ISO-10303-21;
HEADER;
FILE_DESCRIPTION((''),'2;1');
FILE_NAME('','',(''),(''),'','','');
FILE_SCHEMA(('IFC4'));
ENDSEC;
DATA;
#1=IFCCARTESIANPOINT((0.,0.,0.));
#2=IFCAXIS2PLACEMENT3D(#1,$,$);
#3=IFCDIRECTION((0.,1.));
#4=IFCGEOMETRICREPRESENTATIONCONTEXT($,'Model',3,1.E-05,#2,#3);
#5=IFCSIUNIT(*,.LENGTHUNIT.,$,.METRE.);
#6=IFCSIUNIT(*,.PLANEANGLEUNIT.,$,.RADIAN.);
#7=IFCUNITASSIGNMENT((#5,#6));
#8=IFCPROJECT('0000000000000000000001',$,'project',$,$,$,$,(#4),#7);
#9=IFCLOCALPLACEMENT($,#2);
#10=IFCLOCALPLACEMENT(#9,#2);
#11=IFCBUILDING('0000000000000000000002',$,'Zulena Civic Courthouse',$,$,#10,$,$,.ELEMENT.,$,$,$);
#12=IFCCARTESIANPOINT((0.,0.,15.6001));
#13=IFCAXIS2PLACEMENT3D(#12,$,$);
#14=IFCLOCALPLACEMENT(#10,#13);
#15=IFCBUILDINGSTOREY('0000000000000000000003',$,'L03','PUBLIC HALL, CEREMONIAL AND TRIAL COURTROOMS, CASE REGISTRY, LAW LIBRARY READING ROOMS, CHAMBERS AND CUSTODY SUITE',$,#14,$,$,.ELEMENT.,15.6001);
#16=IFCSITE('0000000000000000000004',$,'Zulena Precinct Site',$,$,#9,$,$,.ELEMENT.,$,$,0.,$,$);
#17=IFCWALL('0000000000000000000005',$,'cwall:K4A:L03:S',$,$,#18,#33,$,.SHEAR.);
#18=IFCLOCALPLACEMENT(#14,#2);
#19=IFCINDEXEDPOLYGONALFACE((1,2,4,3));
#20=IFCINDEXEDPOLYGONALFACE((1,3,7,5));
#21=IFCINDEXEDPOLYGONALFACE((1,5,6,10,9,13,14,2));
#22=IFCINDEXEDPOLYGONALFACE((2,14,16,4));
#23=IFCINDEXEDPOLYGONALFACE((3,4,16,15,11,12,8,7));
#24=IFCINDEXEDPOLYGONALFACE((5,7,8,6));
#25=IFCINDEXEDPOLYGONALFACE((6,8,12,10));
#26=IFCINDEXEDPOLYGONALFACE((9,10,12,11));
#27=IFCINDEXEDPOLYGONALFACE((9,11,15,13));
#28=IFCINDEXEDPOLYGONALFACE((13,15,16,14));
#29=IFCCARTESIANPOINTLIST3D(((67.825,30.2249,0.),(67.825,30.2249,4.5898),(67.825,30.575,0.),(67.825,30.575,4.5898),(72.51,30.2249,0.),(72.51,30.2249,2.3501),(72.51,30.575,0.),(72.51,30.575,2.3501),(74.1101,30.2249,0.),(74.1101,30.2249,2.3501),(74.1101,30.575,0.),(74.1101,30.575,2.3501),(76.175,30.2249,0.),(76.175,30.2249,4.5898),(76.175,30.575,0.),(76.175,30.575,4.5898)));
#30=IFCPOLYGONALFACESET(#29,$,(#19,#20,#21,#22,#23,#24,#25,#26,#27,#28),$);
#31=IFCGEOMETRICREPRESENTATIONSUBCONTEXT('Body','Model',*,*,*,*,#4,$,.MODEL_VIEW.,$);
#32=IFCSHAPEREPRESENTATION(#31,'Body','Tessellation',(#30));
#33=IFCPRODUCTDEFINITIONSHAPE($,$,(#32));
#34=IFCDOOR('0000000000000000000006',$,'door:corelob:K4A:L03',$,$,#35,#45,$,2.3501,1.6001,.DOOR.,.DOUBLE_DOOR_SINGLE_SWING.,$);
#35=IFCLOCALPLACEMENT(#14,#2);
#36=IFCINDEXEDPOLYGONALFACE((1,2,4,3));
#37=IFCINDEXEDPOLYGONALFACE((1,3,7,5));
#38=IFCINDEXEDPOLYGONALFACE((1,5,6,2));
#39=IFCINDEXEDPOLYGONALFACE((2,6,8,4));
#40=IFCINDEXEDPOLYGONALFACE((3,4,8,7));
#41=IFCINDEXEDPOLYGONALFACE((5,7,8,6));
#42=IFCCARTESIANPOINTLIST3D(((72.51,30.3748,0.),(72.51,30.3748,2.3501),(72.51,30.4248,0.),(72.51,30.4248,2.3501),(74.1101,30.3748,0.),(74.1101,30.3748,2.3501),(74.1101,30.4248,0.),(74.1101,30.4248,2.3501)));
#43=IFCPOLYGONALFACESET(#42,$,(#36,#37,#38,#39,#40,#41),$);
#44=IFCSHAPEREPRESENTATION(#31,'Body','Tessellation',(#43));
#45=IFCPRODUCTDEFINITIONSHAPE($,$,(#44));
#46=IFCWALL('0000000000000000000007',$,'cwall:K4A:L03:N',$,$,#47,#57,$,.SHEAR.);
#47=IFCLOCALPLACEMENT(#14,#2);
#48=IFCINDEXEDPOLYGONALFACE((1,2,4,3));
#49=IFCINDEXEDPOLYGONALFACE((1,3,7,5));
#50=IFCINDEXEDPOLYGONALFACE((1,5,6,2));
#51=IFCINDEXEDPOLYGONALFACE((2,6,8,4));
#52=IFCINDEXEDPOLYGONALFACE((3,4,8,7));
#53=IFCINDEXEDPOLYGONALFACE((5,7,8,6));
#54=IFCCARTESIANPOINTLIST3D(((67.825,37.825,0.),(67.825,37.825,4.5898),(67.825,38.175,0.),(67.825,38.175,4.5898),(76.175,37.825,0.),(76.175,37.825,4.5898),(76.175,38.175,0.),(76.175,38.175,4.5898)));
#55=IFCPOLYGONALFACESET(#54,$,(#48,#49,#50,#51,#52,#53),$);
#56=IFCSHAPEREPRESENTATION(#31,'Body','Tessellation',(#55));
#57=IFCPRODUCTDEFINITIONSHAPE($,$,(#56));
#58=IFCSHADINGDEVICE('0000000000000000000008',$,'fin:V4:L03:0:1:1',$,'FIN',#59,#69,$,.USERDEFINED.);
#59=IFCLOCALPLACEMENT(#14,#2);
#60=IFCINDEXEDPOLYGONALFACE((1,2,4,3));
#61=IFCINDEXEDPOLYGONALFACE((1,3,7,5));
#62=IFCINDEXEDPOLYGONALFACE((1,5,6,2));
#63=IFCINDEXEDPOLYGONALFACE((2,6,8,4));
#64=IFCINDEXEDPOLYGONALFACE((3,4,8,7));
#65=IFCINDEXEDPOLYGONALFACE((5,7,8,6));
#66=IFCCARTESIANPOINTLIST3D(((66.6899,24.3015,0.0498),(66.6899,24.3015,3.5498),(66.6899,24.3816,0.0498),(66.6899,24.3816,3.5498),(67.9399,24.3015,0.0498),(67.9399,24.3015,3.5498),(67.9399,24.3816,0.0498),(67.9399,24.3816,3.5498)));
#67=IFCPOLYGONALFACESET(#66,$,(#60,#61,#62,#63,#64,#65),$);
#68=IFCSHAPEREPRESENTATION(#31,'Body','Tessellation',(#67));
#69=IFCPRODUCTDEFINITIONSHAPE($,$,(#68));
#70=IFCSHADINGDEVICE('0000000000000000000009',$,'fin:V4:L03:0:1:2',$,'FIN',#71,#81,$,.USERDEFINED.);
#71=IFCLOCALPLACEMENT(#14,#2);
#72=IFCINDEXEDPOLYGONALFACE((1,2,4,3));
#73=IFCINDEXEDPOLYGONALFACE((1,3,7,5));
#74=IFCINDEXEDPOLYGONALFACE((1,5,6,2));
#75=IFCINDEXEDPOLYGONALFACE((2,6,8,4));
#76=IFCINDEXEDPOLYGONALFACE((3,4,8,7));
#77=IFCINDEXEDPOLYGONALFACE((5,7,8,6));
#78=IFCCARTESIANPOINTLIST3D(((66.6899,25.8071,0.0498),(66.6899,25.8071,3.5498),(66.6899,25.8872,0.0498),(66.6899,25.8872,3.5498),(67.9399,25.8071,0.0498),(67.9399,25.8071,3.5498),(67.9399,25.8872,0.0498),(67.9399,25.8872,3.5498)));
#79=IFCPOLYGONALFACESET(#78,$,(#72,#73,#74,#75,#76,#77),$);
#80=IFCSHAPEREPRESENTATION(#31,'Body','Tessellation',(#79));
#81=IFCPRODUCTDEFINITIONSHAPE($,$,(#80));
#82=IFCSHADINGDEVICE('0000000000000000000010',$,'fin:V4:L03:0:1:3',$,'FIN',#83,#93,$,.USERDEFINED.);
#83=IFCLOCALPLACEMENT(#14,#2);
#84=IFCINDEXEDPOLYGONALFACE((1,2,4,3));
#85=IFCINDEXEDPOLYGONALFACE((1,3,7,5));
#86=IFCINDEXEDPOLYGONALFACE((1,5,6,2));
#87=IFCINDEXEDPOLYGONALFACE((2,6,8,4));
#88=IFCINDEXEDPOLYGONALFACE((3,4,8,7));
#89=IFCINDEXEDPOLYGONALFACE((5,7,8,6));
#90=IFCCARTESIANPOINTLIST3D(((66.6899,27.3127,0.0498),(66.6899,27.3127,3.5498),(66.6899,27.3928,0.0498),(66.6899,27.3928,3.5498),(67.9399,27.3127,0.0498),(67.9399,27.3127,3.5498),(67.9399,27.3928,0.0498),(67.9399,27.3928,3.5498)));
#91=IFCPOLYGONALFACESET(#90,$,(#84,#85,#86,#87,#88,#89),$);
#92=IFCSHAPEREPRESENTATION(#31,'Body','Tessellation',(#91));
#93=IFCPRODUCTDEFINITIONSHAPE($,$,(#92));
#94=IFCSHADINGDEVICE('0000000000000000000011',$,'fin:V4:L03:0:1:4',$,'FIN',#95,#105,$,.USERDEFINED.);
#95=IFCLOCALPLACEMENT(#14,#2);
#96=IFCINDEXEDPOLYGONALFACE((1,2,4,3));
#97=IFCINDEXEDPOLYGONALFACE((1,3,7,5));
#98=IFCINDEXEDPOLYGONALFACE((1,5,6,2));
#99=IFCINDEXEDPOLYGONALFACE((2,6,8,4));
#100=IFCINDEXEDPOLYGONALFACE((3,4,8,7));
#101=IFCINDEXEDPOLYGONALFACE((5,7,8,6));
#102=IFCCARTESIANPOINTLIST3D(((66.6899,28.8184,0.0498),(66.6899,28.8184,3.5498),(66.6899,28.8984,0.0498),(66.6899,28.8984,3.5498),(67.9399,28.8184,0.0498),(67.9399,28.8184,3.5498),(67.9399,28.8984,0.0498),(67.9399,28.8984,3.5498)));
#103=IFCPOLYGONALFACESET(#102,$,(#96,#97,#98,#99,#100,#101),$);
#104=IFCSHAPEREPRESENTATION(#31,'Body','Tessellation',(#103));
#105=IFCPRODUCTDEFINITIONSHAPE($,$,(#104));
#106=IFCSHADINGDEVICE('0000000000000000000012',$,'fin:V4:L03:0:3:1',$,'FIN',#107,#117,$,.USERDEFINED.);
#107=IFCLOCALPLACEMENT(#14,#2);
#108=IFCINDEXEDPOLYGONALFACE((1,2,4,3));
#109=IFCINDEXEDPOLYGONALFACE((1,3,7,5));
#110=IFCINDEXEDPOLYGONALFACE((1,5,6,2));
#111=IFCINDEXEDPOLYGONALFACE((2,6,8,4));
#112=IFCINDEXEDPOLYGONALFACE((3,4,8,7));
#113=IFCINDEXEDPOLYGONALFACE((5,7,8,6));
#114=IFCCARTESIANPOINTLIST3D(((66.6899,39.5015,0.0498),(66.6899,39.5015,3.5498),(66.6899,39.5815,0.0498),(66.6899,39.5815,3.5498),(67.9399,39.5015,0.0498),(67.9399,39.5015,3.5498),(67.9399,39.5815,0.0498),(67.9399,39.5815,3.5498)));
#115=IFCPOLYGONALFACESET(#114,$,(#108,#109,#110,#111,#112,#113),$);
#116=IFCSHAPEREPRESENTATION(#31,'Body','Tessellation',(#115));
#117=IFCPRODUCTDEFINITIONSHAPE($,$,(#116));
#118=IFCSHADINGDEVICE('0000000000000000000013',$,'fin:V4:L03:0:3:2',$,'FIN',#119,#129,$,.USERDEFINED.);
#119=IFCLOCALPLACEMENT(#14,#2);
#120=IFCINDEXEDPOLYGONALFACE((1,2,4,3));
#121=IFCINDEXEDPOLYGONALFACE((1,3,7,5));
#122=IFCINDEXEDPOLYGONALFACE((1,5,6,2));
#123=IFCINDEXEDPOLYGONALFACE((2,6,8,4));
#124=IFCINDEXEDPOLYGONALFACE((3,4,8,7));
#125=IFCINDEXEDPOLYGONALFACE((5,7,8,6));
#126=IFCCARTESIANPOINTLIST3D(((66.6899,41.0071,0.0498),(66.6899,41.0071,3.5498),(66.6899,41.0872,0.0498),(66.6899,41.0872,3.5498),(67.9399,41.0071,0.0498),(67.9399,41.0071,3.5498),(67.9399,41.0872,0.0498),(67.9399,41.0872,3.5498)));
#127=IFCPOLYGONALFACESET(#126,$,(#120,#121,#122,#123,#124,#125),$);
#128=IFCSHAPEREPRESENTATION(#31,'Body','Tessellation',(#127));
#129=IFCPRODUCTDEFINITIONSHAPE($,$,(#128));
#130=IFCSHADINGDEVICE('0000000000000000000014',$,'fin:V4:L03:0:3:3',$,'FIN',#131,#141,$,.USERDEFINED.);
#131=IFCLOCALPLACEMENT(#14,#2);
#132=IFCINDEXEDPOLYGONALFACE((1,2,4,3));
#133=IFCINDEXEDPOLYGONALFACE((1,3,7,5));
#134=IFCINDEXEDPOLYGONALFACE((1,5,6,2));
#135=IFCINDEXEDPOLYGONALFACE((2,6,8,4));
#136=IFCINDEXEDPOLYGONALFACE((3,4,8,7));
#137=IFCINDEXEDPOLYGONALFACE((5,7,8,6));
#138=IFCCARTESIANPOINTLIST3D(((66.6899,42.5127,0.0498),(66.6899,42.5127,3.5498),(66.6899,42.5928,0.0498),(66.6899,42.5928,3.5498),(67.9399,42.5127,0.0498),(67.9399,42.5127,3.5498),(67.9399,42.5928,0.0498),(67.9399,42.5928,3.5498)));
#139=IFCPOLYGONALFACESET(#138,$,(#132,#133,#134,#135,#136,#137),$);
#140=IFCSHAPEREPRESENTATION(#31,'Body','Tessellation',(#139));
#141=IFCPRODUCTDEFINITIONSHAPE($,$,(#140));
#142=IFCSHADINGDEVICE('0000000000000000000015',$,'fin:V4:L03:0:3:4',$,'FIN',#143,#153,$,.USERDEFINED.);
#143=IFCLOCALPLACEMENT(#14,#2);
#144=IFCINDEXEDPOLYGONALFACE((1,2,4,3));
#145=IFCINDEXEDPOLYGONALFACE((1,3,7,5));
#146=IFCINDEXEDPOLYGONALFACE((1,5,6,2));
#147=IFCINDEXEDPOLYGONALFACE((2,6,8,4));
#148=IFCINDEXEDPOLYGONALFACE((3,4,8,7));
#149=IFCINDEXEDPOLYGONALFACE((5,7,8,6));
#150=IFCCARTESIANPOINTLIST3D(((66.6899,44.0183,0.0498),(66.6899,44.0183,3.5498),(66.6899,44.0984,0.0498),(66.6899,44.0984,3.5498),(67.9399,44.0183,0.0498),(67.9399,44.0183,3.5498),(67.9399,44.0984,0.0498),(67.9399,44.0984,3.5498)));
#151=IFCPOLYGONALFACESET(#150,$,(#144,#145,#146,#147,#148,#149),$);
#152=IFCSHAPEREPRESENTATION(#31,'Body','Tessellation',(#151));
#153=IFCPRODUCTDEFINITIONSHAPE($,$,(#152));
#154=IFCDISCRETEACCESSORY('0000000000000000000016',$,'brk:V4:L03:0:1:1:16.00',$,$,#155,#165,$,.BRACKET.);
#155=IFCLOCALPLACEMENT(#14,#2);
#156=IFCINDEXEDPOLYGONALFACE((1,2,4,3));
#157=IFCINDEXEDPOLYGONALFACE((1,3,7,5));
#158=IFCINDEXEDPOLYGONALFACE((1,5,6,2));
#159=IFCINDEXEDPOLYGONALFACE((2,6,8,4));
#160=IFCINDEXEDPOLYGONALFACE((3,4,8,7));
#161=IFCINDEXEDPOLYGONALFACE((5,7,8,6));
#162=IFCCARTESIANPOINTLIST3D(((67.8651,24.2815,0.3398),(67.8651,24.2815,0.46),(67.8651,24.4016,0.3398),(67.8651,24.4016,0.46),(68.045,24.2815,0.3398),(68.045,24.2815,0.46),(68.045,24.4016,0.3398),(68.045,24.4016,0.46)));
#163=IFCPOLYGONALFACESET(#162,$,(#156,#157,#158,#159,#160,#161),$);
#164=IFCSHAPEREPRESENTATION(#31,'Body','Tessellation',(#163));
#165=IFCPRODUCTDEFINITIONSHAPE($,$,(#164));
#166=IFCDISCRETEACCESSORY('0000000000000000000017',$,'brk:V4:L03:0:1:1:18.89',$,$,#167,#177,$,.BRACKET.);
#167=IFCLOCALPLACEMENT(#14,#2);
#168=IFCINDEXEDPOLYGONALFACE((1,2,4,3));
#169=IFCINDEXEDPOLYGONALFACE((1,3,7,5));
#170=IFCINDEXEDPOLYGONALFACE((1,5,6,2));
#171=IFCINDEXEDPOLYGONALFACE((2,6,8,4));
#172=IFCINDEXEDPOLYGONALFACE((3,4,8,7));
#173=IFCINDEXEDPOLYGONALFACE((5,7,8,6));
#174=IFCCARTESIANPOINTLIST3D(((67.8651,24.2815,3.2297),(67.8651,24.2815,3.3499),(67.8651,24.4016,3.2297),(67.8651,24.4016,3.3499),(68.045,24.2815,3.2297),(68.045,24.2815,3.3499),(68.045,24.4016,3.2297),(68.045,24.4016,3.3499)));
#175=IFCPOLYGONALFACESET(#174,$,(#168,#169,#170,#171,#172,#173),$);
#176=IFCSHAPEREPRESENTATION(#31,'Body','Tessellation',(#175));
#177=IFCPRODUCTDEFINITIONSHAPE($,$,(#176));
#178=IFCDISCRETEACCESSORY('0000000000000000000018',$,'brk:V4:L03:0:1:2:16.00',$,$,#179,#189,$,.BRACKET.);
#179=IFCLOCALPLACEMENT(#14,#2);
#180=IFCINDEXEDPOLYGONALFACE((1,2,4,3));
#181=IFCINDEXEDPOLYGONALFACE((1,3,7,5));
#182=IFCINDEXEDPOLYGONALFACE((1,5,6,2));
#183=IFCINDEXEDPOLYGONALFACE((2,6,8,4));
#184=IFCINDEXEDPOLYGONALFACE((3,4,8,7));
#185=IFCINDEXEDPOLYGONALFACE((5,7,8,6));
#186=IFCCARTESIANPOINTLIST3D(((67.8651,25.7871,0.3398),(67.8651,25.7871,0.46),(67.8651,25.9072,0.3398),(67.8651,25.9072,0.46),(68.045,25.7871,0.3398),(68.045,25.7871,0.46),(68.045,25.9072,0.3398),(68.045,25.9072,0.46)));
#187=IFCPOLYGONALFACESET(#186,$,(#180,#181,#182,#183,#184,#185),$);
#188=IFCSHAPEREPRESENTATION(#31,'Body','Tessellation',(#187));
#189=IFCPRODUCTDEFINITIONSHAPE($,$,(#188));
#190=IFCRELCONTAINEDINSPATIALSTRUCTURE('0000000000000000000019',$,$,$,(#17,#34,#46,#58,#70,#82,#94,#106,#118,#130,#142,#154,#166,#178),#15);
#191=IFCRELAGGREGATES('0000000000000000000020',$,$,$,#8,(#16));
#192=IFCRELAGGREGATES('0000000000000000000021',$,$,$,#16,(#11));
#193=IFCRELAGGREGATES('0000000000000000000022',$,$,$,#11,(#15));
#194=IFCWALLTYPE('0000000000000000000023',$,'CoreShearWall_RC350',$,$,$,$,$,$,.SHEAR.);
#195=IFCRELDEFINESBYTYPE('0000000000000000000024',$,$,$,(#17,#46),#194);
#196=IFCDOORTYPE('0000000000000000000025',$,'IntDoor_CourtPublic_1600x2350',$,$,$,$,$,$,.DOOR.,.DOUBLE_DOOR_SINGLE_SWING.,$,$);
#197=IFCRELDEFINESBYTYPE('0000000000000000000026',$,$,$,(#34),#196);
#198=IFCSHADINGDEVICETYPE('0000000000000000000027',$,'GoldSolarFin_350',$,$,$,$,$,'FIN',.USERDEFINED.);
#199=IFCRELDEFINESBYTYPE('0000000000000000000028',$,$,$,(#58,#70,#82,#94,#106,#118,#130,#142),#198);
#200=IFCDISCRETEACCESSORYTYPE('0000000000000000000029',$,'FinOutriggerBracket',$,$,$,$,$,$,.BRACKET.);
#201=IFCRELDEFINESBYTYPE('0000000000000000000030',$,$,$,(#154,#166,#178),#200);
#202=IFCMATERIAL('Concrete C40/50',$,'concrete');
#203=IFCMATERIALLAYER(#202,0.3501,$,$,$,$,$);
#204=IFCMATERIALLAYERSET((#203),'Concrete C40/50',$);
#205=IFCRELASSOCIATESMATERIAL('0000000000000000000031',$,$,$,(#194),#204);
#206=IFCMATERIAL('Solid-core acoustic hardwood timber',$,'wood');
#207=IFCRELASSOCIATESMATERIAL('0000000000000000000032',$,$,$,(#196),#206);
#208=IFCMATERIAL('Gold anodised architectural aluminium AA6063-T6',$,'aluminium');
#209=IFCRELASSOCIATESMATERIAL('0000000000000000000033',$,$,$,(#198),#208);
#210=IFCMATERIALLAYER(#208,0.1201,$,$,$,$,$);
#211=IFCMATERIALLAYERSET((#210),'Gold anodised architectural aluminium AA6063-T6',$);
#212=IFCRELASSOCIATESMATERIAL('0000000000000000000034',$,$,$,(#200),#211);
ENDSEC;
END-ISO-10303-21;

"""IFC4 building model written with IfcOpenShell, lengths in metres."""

from ifc_helpers import new_model, si_unit, direction, frame, frame_2d, origin, origin_2d, place, context, subcontext, project, spatial, rectangle, extrude, material, layer, layer_set, type_object, element, fill, save


model = new_model("IFC4")

# Units and contexts
model_context = context("Model", 3, precision=1e-05, world=origin(), true_north=direction((0.0, 1.0)))
body_context = subcontext(model_context, "Body", "Model", "MODEL_VIEW")
ifc_project = project(units=[si_unit("LENGTHUNIT", "METRE"), si_unit("PLANEANGLEUNIT", "RADIAN")], contexts=[model_context])

# Site, building, storey
site_placement = place(None, origin())
site = spatial("IfcSite", under=ifc_project, at=site_placement, Name="Zulena Precinct Site", CompositionType="ELEMENT", RefElevation=0.0)
building_placement = place(site_placement, origin())
building = spatial("IfcBuilding", under=site, at=building_placement, Name="Zulena Civic Courthouse", CompositionType="ELEMENT")
storey_placement = place(building_placement, frame((0.0, 0.0, 15.6001)))
storey = spatial("IfcBuildingStorey", under=building, at=storey_placement, Name="L03", Description="PUBLIC HALL, CEREMONIAL AND TRIAL COURTROOMS, CASE REGISTRY, LAW LIBRARY READING ROOMS, CHAMBERS AND CUSTODY SUITE", CompositionType="ELEMENT", Elevation=15.6001)

# Wall, opening, door
ifc_material_1 = material(Name="Concrete C40/50", Category="concrete")
ifc_layer_1 = layer(ifc_material_1, 0.3501)
ifc_layer_set_1 = layer_set([ifc_layer_1], Name="Concrete C40/50")
wall_type = type_object("IfcWallType", Name="CoreShearWall_RC350", PredefinedType="SHEAR", material=ifc_layer_set_1)
wall_1_placement = place(storey_placement, frame((67.825, 30.3999, 0.0), z_axis=(0.0, 0.0, 1.0), x_axis=(1.0, 0.0, 0.0)))
wall_1 = element("IfcWall", 1, at=wall_1_placement, inside=storey, type_object=wall_type, Name="cwall:K4A:L03:S", PredefinedType="SHEAR", context=body_context, shape_type="SweptSolid", body=[
    extrude(rectangle(XDim=8.3501, YDim=0.3501, at=frame_2d((4.175, 0.0))), origin(), (0.0, 0.0, 1.0), 4.5898),
])
opening_placement = place(wall_1_placement, frame((4.6851, 0.0, 0.0)))
opening = element("IfcOpeningElement", 2, at=opening_placement, cuts=wall_1, PredefinedType="OPENING", context=body_context, shape_type="SweptSolid", body=[
    extrude(rectangle(XDim=1.6001, YDim=2.3501, at=frame_2d((0.8, 1.175))), frame((0.0, 0.1851, 0.0), z_axis=(0.0, -1.0, 0.0), x_axis=(1.0, 0.0, 0.0)), (0.0, 0.0, 1.0), 0.3701),
])
ifc_material_2 = material(Name="Solid-core acoustic hardwood timber", Category="wood")
door_type = type_object("IfcDoorType", Name="IntDoor_CourtPublic_1600x2350", OperationType="DOUBLE_DOOR_SINGLE_SWING", PredefinedType="DOOR", material=ifc_material_2)
door_placement = place(opening_placement, origin())
door = element("IfcDoor", 3, at=door_placement, inside=storey, type_object=door_type, Name="door:corelob:K4A:L03", OperationType="DOUBLE_DOOR_SINGLE_SWING", OverallHeight=2.3501, OverallWidth=1.6001, PredefinedType="DOOR", context=body_context, shape_type="SweptSolid", body=[
    extrude(rectangle(XDim=1.6001, YDim=2.3501, at=frame_2d((0.8, 1.175))), frame((0.0, 0.0249, 0.0), z_axis=(0.0, -1.0, 0.0), x_axis=(1.0, 0.0, 0.0)), (0.0, 0.0, 1.0), 0.05),
])
fill(opening, door)

# Wall
wall_2_placement = place(storey_placement, frame((67.825, 38.0, 0.0), z_axis=(0.0, 0.0, 1.0), x_axis=(1.0, 0.0, 0.0)))
element("IfcWall", 4, at=wall_2_placement, inside=storey, type_object=wall_type, Name="cwall:K4A:L03:N", PredefinedType="SHEAR", context=body_context, shape_type="SweptSolid", body=[
    extrude(rectangle(XDim=8.3501, YDim=0.3501, at=frame_2d((4.175, 0.0))), origin(), (0.0, 0.0, 1.0), 4.5898),
])

# Shading devices
ifc_material_3 = material(Name="Gold anodised architectural aluminium AA6063-T6", Category="aluminium")
shading_device_type = type_object("IfcShadingDeviceType", Name="GoldSolarFin_350", ElementType="FIN", PredefinedType="USERDEFINED", material=ifc_material_3)
for number, where, z_axis, x_axis, name in (
    (5, (67.3149, 24.3416, 0.0498), (0.0, 0.0, 1.0), (-1.0, 0.0, 0.0), "fin:V4:L03:0:1:1"),
    (6, (67.3149, 25.8472, 0.0498), (0.0, 0.0, 1.0), (-1.0, 0.0, 0.0), "fin:V4:L03:0:1:2"),
    (7, (67.3149, 27.3528, 0.0498), (0.0, 0.0, 1.0), (-1.0, 0.0, 0.0), "fin:V4:L03:0:1:3"),
    (8, (67.3149, 28.8584, 0.0498), (0.0, 0.0, 1.0), (-1.0, 0.0, 0.0), "fin:V4:L03:0:1:4"),
    (9, (67.3149, 39.5415, 0.0498), (0.0, 0.0, 1.0), (-1.0, 0.0, 0.0), "fin:V4:L03:0:3:1"),
    (10, (67.3149, 41.0471, 0.0498), (0.0, 0.0, 1.0), (-1.0, 0.0, 0.0), "fin:V4:L03:0:3:2"),
    (11, (67.3149, 42.5527, 0.0498), (0.0, 0.0, 1.0), (-1.0, 0.0, 0.0), "fin:V4:L03:0:3:3"),
    (12, (67.3149, 44.0583, 0.0498), (0.0, 0.0, 1.0), (-1.0, 0.0, 0.0), "fin:V4:L03:0:3:4"),
):
    element("IfcShadingDevice", number, at=place(storey_placement, frame(where, z_axis=z_axis, x_axis=x_axis)), inside=storey, type_object=shading_device_type, Name=name, ObjectType="FIN", PredefinedType="USERDEFINED", context=body_context, shape_type="SweptSolid", body=[
        extrude(rectangle(XDim=1.25, YDim=0.0801, at=origin_2d()), origin(), (0.0, 0.0, 1.0), 3.5),
    ])

# Discrete accessories
ifc_layer_2 = layer(ifc_material_3, 0.1201)
ifc_layer_set_2 = layer_set([ifc_layer_2], Name="Gold anodised architectural aluminium AA6063-T6")
discrete_accessory_type = type_object("IfcDiscreteAccessoryType", Name="FinOutriggerBracket", PredefinedType="BRACKET", material=ifc_layer_set_2)
for number, where, z_axis, x_axis, name in (
    (13, (67.9551, 24.3416, 0.3398), (0.0, 0.0, 1.0), (-1.0, 0.0, 0.0), "brk:V4:L03:0:1:1:16.00"),
    (14, (67.9551, 24.3416, 3.2297), (0.0, 0.0, 1.0), (-1.0, 0.0, 0.0), "brk:V4:L03:0:1:1:18.89"),
    (15, (67.9551, 25.8472, 0.3398), (0.0, 0.0, 1.0), (-1.0, 0.0, 0.0), "brk:V4:L03:0:1:2:16.00"),
):
    element("IfcDiscreteAccessory", number, at=place(storey_placement, frame(where, z_axis=z_axis, x_axis=x_axis)), inside=storey, type_object=discrete_accessory_type, Name=name, PredefinedType="BRACKET", context=body_context, shape_type="SweptSolid", body=[
        extrude(rectangle(XDim=0.1799, YDim=0.1201, at=origin_2d()), origin(), (0.0, 0.0, 1.0), 0.1201),
    ])

save(model, "model.ifc")
